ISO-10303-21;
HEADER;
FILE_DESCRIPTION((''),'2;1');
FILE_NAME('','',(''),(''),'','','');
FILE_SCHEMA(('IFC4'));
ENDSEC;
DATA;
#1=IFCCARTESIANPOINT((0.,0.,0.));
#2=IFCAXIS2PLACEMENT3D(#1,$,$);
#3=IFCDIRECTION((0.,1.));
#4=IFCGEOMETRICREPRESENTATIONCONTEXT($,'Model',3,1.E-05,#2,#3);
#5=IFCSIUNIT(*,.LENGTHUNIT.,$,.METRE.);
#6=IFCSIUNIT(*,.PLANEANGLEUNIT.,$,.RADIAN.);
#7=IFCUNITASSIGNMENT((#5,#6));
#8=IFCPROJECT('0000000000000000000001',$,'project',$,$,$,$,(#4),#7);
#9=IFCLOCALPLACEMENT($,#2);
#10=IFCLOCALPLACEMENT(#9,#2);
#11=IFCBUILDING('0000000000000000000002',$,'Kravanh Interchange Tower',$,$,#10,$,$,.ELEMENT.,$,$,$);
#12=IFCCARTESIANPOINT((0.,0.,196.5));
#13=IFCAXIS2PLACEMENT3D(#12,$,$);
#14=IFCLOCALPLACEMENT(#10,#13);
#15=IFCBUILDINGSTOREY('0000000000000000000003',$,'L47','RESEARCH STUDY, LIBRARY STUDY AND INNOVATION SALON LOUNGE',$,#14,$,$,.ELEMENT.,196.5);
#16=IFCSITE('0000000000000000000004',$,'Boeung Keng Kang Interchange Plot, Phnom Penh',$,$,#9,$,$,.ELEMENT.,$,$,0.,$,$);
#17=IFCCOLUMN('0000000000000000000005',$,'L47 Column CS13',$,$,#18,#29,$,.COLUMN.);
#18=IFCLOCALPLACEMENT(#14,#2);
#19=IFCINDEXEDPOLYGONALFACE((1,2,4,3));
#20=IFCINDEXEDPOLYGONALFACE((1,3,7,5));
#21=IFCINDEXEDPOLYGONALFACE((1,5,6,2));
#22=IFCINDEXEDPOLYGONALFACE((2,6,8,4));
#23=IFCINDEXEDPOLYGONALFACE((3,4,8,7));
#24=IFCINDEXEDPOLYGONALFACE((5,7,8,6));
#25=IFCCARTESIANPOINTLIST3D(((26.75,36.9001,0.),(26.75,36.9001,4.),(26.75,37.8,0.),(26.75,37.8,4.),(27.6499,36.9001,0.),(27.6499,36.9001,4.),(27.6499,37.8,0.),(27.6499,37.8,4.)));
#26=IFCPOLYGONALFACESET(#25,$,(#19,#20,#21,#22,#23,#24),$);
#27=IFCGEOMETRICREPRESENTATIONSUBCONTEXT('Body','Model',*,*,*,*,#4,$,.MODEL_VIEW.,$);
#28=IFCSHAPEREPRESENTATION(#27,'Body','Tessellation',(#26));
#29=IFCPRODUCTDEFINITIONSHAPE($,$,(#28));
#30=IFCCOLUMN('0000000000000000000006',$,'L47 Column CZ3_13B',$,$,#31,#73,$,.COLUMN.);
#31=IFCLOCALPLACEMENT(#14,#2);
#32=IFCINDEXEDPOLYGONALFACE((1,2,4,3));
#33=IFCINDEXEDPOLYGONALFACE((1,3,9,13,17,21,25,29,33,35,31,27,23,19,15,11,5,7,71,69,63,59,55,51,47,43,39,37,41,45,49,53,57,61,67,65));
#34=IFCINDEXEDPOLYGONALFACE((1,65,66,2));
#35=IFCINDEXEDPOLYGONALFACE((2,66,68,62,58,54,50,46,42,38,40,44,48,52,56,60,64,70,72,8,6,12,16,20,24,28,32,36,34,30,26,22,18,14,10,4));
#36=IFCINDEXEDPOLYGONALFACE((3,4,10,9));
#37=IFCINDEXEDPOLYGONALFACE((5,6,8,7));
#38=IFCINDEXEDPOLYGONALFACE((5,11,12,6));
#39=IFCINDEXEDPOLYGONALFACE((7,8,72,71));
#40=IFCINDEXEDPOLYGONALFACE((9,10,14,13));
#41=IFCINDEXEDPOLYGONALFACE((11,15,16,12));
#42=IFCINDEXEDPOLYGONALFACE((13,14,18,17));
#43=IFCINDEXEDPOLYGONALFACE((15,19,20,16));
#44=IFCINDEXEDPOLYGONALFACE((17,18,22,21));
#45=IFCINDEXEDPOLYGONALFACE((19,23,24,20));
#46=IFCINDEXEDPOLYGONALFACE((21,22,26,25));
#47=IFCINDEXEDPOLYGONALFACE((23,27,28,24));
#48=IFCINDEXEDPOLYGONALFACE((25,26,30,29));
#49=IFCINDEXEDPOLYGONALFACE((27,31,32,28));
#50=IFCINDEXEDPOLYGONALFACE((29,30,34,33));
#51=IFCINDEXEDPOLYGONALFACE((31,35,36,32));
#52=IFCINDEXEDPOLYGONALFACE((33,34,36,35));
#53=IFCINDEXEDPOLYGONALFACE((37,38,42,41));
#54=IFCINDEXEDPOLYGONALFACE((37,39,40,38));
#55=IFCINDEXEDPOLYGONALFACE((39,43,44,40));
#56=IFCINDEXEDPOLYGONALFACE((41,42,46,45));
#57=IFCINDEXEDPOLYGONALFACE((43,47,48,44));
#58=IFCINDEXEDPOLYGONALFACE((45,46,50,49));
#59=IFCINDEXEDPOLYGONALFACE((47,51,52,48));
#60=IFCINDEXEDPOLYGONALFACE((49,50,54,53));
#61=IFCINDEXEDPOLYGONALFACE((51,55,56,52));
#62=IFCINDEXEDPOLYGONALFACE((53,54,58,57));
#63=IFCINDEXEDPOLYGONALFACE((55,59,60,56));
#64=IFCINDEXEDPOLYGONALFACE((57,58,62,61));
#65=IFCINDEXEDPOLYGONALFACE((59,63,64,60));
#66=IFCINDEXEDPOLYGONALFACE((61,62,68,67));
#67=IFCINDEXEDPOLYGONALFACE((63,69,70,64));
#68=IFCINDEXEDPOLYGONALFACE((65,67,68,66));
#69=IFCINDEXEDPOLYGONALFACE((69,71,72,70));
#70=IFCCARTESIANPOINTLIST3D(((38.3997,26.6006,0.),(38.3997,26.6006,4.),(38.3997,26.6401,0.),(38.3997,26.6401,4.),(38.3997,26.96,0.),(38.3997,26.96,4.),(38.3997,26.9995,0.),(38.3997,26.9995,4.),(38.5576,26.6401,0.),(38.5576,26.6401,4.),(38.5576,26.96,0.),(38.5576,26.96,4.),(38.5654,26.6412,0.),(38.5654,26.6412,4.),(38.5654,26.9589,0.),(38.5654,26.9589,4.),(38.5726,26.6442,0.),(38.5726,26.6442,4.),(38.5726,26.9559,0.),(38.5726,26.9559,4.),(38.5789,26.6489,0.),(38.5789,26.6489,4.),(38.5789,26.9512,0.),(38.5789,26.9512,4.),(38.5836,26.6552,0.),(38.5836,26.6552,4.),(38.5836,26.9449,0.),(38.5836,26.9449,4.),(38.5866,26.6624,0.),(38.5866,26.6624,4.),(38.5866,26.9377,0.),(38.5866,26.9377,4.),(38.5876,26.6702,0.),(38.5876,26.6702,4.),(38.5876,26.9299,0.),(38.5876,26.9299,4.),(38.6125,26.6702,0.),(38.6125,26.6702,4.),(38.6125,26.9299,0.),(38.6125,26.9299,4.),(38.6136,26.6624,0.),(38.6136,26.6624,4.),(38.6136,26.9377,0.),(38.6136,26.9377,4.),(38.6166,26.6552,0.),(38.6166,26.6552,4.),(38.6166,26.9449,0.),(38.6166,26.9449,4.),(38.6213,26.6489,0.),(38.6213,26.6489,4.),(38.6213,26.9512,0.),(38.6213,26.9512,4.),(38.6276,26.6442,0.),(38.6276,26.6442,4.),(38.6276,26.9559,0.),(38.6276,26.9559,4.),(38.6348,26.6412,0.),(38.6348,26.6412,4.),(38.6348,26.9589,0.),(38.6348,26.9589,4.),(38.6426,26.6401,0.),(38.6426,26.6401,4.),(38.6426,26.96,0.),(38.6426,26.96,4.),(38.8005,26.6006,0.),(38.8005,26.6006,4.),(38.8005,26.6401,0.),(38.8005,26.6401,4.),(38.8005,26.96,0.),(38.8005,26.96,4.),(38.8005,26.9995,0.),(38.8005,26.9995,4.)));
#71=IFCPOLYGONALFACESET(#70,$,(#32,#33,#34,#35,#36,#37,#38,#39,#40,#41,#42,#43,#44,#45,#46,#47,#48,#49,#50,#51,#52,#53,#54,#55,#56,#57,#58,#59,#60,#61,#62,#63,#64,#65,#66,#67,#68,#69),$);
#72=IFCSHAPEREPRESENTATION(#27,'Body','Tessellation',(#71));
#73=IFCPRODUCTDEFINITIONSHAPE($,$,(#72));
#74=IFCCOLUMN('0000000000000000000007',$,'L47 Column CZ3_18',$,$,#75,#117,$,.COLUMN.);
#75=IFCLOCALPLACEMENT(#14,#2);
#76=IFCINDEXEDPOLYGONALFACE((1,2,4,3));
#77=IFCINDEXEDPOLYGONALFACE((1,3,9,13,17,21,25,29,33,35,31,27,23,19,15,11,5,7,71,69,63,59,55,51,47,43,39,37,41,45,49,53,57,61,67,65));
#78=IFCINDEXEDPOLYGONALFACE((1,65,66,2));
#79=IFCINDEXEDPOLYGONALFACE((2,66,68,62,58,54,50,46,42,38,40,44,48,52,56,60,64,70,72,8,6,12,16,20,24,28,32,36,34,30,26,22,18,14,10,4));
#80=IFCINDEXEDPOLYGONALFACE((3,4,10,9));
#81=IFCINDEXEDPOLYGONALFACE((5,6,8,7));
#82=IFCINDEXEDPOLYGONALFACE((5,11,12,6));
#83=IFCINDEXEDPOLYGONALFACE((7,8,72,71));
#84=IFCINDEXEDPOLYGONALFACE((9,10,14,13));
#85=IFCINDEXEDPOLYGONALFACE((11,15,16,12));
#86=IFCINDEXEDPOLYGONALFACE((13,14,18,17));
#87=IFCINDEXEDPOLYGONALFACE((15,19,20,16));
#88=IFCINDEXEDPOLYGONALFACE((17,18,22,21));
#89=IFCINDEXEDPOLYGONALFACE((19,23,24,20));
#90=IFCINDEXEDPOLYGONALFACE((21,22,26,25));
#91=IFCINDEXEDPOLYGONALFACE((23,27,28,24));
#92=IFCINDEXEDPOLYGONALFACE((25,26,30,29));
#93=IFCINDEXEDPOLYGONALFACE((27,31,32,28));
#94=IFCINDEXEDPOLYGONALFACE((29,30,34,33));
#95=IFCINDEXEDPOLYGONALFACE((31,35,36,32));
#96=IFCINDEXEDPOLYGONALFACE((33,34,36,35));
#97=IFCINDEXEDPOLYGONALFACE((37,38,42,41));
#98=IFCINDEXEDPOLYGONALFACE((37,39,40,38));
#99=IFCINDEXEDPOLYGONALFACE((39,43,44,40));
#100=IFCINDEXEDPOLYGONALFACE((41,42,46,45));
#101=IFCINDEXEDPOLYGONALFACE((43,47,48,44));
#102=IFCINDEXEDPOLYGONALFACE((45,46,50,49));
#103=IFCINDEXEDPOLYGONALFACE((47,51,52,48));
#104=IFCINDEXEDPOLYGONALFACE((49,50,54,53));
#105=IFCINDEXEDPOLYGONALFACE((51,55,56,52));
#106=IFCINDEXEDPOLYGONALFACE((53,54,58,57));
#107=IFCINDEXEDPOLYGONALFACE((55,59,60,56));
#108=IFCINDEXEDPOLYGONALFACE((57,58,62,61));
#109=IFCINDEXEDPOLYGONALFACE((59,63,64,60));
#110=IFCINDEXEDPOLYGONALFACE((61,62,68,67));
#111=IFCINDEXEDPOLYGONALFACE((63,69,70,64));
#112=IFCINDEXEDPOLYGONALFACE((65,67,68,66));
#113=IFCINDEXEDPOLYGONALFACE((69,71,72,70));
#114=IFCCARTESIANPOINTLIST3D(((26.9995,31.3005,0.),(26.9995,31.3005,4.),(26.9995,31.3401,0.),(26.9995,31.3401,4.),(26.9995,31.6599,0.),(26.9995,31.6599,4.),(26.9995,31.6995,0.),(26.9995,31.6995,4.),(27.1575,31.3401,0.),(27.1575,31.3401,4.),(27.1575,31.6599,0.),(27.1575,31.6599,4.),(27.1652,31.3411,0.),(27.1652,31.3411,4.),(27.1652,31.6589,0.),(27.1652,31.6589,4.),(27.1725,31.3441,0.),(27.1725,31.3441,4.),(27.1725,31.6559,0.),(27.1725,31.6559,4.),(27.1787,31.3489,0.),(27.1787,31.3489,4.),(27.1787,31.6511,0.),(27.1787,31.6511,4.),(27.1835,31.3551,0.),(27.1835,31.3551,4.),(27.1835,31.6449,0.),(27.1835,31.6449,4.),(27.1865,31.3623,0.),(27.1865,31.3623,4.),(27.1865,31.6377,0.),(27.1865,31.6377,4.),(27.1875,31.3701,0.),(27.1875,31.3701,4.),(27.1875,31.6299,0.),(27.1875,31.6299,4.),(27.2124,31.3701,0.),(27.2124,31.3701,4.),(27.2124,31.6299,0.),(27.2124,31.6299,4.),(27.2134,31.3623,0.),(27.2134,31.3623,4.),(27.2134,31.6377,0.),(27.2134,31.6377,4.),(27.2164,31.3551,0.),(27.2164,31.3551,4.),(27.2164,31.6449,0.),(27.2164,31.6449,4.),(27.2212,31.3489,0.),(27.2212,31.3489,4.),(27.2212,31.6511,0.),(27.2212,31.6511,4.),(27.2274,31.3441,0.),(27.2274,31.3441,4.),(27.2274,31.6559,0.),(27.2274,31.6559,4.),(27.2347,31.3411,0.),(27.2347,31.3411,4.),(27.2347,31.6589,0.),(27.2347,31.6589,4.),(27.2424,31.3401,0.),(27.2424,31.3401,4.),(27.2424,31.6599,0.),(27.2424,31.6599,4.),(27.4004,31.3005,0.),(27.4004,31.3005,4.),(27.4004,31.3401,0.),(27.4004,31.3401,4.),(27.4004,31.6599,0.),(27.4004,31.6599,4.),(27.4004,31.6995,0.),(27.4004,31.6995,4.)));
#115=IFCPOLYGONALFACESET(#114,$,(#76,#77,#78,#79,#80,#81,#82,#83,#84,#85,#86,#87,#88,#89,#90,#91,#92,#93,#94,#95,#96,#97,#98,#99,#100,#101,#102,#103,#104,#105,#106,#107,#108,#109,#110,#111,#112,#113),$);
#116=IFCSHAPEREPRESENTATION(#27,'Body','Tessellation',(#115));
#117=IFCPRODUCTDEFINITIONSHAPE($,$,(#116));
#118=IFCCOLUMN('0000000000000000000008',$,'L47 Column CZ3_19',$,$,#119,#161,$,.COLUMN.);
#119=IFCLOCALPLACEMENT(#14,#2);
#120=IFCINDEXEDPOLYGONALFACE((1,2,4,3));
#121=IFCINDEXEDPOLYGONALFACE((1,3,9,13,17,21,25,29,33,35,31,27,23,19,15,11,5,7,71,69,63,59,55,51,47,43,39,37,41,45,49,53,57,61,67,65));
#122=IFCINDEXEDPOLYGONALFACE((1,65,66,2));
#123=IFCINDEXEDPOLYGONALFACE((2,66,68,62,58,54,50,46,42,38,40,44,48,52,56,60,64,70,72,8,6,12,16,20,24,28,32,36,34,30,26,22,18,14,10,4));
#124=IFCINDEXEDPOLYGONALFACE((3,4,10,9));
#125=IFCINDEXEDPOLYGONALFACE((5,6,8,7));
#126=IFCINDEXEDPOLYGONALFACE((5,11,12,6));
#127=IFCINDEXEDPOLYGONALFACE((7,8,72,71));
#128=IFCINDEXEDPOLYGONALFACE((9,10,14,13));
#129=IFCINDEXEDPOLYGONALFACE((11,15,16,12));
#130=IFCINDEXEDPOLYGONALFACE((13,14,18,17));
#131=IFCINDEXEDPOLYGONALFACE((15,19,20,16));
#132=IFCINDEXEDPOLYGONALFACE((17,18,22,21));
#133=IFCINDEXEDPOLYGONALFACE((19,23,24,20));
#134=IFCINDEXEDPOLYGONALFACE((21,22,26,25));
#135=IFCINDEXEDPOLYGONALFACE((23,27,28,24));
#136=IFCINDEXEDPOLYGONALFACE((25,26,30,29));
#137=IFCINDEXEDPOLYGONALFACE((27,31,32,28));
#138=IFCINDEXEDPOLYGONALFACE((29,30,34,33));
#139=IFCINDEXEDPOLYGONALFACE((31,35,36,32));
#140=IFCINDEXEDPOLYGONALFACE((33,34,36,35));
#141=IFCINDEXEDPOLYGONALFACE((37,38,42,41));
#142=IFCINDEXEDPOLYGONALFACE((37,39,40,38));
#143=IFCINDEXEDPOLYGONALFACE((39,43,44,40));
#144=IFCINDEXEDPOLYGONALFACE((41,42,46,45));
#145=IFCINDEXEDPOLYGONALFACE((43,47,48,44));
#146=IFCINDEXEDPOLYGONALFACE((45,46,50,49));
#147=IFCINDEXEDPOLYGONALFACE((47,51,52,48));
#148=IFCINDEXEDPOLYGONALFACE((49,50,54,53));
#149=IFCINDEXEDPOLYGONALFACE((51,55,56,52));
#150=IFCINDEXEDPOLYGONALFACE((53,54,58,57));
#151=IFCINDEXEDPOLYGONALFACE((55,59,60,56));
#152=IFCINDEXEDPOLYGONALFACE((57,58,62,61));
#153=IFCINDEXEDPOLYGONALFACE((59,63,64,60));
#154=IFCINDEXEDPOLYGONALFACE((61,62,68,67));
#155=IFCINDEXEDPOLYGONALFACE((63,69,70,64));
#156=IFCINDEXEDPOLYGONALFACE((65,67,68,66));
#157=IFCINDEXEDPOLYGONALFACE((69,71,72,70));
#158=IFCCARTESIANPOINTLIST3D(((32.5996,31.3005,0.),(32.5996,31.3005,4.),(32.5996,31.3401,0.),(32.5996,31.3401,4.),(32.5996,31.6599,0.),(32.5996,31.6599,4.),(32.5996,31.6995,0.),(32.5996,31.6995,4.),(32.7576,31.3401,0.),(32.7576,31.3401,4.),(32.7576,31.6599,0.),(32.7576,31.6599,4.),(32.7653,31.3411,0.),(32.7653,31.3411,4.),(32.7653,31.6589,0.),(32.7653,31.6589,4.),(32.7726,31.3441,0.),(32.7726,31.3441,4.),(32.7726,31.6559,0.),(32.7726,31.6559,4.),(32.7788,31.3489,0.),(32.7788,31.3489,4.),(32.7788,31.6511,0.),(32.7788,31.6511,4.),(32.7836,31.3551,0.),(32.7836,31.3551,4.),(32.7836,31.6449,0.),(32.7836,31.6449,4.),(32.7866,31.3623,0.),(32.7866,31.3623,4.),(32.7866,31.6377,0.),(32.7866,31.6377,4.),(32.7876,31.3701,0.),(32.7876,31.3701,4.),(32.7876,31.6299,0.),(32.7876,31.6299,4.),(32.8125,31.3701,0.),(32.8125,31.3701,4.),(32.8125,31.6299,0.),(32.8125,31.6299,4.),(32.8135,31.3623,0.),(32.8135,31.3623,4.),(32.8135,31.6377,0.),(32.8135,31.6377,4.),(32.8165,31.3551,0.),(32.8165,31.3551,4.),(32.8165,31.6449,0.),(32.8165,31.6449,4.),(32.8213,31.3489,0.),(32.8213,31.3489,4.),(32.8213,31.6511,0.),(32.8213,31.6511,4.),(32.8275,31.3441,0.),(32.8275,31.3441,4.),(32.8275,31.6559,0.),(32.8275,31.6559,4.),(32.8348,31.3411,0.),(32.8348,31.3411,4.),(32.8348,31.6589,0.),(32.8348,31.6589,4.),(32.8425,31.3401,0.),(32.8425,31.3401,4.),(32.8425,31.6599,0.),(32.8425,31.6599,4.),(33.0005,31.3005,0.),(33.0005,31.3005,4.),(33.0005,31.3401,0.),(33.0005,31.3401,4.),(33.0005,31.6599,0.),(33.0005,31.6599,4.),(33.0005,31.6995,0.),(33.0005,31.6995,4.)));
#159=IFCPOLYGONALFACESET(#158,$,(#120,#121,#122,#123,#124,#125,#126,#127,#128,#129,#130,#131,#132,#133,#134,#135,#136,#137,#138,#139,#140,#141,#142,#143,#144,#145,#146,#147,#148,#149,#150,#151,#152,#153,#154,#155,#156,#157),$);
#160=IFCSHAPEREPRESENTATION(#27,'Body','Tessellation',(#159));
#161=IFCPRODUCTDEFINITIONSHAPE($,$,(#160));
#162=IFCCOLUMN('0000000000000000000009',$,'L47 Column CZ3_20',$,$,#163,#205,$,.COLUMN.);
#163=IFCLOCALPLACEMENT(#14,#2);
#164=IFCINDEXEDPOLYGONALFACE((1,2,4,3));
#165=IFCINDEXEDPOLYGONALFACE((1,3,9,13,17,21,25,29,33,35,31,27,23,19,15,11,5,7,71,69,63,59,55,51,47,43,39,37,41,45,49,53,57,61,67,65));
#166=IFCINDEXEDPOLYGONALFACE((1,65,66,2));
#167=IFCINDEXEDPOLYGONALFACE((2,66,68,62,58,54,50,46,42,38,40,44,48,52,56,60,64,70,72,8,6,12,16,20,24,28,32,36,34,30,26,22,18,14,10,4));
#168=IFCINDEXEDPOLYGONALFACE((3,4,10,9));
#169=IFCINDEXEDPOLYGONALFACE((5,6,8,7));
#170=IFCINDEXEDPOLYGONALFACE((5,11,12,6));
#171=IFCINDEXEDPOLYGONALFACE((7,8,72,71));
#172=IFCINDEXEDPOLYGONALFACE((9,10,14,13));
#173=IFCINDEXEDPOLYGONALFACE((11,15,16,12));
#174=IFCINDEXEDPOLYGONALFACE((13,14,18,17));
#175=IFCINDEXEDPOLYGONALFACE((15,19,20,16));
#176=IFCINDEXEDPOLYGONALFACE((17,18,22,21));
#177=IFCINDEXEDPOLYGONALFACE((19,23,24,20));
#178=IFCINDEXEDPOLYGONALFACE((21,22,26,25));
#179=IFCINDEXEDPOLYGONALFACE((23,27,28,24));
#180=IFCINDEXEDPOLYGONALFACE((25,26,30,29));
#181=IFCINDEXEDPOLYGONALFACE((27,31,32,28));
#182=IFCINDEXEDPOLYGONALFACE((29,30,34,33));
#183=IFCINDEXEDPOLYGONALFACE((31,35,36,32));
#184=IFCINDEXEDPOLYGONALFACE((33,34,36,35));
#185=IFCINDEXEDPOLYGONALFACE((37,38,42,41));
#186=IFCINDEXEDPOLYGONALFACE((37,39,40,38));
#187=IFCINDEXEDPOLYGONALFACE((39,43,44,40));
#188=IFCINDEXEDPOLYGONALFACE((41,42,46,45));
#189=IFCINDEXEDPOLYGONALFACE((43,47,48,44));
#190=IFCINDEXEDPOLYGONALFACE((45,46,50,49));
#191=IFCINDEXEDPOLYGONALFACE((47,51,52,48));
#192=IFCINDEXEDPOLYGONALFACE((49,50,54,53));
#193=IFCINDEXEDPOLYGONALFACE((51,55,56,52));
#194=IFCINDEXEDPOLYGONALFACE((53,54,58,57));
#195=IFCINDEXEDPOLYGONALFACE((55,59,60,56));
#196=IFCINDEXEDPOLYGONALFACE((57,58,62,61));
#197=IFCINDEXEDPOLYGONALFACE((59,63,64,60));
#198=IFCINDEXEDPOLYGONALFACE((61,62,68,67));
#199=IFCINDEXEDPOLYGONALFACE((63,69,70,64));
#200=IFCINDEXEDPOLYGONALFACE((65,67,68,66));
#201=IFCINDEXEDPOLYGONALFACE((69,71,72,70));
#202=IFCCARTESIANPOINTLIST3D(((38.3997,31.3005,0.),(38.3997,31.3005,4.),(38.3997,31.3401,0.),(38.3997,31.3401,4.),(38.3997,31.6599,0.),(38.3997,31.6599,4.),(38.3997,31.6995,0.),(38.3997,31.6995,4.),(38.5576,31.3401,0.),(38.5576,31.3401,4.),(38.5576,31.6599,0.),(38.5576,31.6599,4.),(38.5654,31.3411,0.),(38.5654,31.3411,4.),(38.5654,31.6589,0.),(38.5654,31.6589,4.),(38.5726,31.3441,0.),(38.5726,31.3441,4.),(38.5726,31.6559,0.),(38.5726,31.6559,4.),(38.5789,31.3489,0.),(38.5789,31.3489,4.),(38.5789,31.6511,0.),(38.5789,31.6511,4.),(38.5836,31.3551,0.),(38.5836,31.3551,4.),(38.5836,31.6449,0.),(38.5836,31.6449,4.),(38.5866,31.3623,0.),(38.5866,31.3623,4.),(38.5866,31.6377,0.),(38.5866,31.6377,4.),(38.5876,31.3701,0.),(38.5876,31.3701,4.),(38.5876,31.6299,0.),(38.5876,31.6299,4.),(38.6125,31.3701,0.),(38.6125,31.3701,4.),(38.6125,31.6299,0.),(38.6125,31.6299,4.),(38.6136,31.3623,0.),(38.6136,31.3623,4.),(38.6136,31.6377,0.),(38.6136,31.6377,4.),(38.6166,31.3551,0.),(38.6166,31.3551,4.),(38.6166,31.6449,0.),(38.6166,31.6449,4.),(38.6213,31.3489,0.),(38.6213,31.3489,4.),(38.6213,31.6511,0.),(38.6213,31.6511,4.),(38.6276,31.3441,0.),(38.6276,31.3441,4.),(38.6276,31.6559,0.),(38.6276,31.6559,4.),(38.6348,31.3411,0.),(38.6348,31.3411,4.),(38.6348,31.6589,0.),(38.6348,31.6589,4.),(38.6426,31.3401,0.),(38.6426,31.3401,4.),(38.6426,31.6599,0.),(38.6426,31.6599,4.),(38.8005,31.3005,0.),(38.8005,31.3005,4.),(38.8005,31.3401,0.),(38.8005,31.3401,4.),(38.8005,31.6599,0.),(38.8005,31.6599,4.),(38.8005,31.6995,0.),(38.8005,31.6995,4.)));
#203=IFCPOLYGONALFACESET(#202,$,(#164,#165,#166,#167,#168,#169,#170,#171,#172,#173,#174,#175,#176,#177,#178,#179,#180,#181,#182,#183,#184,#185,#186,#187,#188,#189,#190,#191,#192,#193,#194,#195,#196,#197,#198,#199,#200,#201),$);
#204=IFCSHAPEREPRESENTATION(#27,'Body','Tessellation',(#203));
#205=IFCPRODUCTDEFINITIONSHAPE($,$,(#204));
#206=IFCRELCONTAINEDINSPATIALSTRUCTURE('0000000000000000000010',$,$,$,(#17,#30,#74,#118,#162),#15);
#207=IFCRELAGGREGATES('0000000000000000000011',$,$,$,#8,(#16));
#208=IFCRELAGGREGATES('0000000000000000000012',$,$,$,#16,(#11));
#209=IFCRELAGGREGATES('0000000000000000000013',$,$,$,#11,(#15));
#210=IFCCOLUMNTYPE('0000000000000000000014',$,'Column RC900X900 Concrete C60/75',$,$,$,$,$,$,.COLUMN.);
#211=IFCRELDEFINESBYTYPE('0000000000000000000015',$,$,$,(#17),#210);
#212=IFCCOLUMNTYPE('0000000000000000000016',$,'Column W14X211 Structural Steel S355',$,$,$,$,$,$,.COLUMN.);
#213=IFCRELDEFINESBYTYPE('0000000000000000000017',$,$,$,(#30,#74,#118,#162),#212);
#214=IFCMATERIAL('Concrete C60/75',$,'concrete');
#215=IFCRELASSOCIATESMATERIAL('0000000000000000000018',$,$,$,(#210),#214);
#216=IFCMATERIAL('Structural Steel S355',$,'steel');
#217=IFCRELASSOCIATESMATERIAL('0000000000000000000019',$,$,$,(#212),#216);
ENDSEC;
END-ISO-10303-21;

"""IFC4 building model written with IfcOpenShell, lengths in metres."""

from ifc_helpers import new_model, si_unit, direction, frame, origin, origin_2d, place, context, subcontext, project, spatial, rectangle, i_section, extrude, material, material_profile, profile_set, type_object, element, save


model = new_model("IFC4")

# Units and contexts
model_context = context("Model", 3, precision=1e-05, world=origin(), true_north=direction((0.0, 1.0)))
body_context = subcontext(model_context, "Body", "Model", "MODEL_VIEW")
ifc_project = project(units=[si_unit("LENGTHUNIT", "METRE"), si_unit("PLANEANGLEUNIT", "RADIAN")], contexts=[model_context])

# Site, building, storey
site_placement = place(None, origin())
site = spatial("IfcSite", under=ifc_project, at=site_placement, Name="Boeung Keng Kang Interchange Plot, Phnom Penh", CompositionType="ELEMENT", RefElevation=0.0)
building_placement = place(site_placement, origin())
building = spatial("IfcBuilding", under=site, at=building_placement, Name="Kravanh Interchange Tower", CompositionType="ELEMENT")
storey_placement = place(building_placement, frame((0.0, 0.0, 196.5)))
storey = spatial("IfcBuildingStorey", under=building, at=storey_placement, Name="L47", Description="RESEARCH STUDY, LIBRARY STUDY AND INNOVATION SALON LOUNGE", CompositionType="ELEMENT", Elevation=196.5)

# Columns
ifc_material_1 = material(Name="Concrete C60/75", Category="concrete")
ifc_material_profile_1 = material_profile(ifc_material_1, rectangle(XDim=0.8999, YDim=0.8999, at=origin_2d()), Name="RC900X900")
ifc_profile_set_1 = profile_set([ifc_material_profile_1], Name="Concrete C60/75")
column_type_1 = type_object("IfcColumnType", Name="Column RC900X900 Concrete C60/75", PredefinedType="COLUMN", material=ifc_profile_set_1)
column_placement = place(storey_placement, frame((27.2, 37.3501, 0.0), z_axis=(0.0, 0.0, 1.0), x_axis=(1.0, 0.0, 0.0)))
element("IfcColumn", 1, at=column_placement, inside=storey, type_object=column_type_1, Name="L47 Column CS13", PredefinedType="COLUMN", context=body_context, shape_type="SweptSolid", body=[
    extrude(rectangle(XDim=0.8999, YDim=0.8999, at=origin_2d()), origin(), (0.0, 0.0, 1.0), 4.0),
])
ifc_material_2 = material(Name="Structural Steel S355", Category="steel")
ifc_material_profile_2 = material_profile(ifc_material_2, i_section(OverallWidth=0.4009, OverallDepth=0.3989, WebThickness=0.0249, FlangeThickness=0.0396, FilletRadius=0.03, at=origin_2d()), Name="W14X211")
ifc_profile_set_2 = profile_set([ifc_material_profile_2], Name="Structural Steel S355")
column_type_2 = type_object("IfcColumnType", Name="Column W14X211 Structural Steel S355", PredefinedType="COLUMN", material=ifc_profile_set_2)
for number, where, z_axis, x_axis, name in (
    (2, (38.6001, 26.8, 0.0), (0.0, 0.0, 1.0), (1.0, 0.0, 0.0), "L47 Column CZ3_13B"),
    (3, (27.2, 31.5, 0.0), (0.0, 0.0, 1.0), (1.0, 0.0, 0.0), "L47 Column CZ3_18"),
    (4, (32.8, 31.5, 0.0), (0.0, 0.0, 1.0), (1.0, 0.0, 0.0), "L47 Column CZ3_19"),
    (5, (38.6001, 31.5, 0.0), (0.0, 0.0, 1.0), (1.0, 0.0, 0.0), "L47 Column CZ3_20"),
):
    element("IfcColumn", number, at=place(storey_placement, frame(where, z_axis=z_axis, x_axis=x_axis)), inside=storey, type_object=column_type_2, Name=name, PredefinedType="COLUMN", context=body_context, shape_type="SweptSolid", body=[
        extrude(i_section(OverallWidth=0.4009, OverallDepth=0.3989, WebThickness=0.0249, FlangeThickness=0.0396, FilletRadius=0.03, at=origin_2d()), origin(), (0.0, 0.0, 1.0), 4.0),
    ])

save(model, "model.ifc")
